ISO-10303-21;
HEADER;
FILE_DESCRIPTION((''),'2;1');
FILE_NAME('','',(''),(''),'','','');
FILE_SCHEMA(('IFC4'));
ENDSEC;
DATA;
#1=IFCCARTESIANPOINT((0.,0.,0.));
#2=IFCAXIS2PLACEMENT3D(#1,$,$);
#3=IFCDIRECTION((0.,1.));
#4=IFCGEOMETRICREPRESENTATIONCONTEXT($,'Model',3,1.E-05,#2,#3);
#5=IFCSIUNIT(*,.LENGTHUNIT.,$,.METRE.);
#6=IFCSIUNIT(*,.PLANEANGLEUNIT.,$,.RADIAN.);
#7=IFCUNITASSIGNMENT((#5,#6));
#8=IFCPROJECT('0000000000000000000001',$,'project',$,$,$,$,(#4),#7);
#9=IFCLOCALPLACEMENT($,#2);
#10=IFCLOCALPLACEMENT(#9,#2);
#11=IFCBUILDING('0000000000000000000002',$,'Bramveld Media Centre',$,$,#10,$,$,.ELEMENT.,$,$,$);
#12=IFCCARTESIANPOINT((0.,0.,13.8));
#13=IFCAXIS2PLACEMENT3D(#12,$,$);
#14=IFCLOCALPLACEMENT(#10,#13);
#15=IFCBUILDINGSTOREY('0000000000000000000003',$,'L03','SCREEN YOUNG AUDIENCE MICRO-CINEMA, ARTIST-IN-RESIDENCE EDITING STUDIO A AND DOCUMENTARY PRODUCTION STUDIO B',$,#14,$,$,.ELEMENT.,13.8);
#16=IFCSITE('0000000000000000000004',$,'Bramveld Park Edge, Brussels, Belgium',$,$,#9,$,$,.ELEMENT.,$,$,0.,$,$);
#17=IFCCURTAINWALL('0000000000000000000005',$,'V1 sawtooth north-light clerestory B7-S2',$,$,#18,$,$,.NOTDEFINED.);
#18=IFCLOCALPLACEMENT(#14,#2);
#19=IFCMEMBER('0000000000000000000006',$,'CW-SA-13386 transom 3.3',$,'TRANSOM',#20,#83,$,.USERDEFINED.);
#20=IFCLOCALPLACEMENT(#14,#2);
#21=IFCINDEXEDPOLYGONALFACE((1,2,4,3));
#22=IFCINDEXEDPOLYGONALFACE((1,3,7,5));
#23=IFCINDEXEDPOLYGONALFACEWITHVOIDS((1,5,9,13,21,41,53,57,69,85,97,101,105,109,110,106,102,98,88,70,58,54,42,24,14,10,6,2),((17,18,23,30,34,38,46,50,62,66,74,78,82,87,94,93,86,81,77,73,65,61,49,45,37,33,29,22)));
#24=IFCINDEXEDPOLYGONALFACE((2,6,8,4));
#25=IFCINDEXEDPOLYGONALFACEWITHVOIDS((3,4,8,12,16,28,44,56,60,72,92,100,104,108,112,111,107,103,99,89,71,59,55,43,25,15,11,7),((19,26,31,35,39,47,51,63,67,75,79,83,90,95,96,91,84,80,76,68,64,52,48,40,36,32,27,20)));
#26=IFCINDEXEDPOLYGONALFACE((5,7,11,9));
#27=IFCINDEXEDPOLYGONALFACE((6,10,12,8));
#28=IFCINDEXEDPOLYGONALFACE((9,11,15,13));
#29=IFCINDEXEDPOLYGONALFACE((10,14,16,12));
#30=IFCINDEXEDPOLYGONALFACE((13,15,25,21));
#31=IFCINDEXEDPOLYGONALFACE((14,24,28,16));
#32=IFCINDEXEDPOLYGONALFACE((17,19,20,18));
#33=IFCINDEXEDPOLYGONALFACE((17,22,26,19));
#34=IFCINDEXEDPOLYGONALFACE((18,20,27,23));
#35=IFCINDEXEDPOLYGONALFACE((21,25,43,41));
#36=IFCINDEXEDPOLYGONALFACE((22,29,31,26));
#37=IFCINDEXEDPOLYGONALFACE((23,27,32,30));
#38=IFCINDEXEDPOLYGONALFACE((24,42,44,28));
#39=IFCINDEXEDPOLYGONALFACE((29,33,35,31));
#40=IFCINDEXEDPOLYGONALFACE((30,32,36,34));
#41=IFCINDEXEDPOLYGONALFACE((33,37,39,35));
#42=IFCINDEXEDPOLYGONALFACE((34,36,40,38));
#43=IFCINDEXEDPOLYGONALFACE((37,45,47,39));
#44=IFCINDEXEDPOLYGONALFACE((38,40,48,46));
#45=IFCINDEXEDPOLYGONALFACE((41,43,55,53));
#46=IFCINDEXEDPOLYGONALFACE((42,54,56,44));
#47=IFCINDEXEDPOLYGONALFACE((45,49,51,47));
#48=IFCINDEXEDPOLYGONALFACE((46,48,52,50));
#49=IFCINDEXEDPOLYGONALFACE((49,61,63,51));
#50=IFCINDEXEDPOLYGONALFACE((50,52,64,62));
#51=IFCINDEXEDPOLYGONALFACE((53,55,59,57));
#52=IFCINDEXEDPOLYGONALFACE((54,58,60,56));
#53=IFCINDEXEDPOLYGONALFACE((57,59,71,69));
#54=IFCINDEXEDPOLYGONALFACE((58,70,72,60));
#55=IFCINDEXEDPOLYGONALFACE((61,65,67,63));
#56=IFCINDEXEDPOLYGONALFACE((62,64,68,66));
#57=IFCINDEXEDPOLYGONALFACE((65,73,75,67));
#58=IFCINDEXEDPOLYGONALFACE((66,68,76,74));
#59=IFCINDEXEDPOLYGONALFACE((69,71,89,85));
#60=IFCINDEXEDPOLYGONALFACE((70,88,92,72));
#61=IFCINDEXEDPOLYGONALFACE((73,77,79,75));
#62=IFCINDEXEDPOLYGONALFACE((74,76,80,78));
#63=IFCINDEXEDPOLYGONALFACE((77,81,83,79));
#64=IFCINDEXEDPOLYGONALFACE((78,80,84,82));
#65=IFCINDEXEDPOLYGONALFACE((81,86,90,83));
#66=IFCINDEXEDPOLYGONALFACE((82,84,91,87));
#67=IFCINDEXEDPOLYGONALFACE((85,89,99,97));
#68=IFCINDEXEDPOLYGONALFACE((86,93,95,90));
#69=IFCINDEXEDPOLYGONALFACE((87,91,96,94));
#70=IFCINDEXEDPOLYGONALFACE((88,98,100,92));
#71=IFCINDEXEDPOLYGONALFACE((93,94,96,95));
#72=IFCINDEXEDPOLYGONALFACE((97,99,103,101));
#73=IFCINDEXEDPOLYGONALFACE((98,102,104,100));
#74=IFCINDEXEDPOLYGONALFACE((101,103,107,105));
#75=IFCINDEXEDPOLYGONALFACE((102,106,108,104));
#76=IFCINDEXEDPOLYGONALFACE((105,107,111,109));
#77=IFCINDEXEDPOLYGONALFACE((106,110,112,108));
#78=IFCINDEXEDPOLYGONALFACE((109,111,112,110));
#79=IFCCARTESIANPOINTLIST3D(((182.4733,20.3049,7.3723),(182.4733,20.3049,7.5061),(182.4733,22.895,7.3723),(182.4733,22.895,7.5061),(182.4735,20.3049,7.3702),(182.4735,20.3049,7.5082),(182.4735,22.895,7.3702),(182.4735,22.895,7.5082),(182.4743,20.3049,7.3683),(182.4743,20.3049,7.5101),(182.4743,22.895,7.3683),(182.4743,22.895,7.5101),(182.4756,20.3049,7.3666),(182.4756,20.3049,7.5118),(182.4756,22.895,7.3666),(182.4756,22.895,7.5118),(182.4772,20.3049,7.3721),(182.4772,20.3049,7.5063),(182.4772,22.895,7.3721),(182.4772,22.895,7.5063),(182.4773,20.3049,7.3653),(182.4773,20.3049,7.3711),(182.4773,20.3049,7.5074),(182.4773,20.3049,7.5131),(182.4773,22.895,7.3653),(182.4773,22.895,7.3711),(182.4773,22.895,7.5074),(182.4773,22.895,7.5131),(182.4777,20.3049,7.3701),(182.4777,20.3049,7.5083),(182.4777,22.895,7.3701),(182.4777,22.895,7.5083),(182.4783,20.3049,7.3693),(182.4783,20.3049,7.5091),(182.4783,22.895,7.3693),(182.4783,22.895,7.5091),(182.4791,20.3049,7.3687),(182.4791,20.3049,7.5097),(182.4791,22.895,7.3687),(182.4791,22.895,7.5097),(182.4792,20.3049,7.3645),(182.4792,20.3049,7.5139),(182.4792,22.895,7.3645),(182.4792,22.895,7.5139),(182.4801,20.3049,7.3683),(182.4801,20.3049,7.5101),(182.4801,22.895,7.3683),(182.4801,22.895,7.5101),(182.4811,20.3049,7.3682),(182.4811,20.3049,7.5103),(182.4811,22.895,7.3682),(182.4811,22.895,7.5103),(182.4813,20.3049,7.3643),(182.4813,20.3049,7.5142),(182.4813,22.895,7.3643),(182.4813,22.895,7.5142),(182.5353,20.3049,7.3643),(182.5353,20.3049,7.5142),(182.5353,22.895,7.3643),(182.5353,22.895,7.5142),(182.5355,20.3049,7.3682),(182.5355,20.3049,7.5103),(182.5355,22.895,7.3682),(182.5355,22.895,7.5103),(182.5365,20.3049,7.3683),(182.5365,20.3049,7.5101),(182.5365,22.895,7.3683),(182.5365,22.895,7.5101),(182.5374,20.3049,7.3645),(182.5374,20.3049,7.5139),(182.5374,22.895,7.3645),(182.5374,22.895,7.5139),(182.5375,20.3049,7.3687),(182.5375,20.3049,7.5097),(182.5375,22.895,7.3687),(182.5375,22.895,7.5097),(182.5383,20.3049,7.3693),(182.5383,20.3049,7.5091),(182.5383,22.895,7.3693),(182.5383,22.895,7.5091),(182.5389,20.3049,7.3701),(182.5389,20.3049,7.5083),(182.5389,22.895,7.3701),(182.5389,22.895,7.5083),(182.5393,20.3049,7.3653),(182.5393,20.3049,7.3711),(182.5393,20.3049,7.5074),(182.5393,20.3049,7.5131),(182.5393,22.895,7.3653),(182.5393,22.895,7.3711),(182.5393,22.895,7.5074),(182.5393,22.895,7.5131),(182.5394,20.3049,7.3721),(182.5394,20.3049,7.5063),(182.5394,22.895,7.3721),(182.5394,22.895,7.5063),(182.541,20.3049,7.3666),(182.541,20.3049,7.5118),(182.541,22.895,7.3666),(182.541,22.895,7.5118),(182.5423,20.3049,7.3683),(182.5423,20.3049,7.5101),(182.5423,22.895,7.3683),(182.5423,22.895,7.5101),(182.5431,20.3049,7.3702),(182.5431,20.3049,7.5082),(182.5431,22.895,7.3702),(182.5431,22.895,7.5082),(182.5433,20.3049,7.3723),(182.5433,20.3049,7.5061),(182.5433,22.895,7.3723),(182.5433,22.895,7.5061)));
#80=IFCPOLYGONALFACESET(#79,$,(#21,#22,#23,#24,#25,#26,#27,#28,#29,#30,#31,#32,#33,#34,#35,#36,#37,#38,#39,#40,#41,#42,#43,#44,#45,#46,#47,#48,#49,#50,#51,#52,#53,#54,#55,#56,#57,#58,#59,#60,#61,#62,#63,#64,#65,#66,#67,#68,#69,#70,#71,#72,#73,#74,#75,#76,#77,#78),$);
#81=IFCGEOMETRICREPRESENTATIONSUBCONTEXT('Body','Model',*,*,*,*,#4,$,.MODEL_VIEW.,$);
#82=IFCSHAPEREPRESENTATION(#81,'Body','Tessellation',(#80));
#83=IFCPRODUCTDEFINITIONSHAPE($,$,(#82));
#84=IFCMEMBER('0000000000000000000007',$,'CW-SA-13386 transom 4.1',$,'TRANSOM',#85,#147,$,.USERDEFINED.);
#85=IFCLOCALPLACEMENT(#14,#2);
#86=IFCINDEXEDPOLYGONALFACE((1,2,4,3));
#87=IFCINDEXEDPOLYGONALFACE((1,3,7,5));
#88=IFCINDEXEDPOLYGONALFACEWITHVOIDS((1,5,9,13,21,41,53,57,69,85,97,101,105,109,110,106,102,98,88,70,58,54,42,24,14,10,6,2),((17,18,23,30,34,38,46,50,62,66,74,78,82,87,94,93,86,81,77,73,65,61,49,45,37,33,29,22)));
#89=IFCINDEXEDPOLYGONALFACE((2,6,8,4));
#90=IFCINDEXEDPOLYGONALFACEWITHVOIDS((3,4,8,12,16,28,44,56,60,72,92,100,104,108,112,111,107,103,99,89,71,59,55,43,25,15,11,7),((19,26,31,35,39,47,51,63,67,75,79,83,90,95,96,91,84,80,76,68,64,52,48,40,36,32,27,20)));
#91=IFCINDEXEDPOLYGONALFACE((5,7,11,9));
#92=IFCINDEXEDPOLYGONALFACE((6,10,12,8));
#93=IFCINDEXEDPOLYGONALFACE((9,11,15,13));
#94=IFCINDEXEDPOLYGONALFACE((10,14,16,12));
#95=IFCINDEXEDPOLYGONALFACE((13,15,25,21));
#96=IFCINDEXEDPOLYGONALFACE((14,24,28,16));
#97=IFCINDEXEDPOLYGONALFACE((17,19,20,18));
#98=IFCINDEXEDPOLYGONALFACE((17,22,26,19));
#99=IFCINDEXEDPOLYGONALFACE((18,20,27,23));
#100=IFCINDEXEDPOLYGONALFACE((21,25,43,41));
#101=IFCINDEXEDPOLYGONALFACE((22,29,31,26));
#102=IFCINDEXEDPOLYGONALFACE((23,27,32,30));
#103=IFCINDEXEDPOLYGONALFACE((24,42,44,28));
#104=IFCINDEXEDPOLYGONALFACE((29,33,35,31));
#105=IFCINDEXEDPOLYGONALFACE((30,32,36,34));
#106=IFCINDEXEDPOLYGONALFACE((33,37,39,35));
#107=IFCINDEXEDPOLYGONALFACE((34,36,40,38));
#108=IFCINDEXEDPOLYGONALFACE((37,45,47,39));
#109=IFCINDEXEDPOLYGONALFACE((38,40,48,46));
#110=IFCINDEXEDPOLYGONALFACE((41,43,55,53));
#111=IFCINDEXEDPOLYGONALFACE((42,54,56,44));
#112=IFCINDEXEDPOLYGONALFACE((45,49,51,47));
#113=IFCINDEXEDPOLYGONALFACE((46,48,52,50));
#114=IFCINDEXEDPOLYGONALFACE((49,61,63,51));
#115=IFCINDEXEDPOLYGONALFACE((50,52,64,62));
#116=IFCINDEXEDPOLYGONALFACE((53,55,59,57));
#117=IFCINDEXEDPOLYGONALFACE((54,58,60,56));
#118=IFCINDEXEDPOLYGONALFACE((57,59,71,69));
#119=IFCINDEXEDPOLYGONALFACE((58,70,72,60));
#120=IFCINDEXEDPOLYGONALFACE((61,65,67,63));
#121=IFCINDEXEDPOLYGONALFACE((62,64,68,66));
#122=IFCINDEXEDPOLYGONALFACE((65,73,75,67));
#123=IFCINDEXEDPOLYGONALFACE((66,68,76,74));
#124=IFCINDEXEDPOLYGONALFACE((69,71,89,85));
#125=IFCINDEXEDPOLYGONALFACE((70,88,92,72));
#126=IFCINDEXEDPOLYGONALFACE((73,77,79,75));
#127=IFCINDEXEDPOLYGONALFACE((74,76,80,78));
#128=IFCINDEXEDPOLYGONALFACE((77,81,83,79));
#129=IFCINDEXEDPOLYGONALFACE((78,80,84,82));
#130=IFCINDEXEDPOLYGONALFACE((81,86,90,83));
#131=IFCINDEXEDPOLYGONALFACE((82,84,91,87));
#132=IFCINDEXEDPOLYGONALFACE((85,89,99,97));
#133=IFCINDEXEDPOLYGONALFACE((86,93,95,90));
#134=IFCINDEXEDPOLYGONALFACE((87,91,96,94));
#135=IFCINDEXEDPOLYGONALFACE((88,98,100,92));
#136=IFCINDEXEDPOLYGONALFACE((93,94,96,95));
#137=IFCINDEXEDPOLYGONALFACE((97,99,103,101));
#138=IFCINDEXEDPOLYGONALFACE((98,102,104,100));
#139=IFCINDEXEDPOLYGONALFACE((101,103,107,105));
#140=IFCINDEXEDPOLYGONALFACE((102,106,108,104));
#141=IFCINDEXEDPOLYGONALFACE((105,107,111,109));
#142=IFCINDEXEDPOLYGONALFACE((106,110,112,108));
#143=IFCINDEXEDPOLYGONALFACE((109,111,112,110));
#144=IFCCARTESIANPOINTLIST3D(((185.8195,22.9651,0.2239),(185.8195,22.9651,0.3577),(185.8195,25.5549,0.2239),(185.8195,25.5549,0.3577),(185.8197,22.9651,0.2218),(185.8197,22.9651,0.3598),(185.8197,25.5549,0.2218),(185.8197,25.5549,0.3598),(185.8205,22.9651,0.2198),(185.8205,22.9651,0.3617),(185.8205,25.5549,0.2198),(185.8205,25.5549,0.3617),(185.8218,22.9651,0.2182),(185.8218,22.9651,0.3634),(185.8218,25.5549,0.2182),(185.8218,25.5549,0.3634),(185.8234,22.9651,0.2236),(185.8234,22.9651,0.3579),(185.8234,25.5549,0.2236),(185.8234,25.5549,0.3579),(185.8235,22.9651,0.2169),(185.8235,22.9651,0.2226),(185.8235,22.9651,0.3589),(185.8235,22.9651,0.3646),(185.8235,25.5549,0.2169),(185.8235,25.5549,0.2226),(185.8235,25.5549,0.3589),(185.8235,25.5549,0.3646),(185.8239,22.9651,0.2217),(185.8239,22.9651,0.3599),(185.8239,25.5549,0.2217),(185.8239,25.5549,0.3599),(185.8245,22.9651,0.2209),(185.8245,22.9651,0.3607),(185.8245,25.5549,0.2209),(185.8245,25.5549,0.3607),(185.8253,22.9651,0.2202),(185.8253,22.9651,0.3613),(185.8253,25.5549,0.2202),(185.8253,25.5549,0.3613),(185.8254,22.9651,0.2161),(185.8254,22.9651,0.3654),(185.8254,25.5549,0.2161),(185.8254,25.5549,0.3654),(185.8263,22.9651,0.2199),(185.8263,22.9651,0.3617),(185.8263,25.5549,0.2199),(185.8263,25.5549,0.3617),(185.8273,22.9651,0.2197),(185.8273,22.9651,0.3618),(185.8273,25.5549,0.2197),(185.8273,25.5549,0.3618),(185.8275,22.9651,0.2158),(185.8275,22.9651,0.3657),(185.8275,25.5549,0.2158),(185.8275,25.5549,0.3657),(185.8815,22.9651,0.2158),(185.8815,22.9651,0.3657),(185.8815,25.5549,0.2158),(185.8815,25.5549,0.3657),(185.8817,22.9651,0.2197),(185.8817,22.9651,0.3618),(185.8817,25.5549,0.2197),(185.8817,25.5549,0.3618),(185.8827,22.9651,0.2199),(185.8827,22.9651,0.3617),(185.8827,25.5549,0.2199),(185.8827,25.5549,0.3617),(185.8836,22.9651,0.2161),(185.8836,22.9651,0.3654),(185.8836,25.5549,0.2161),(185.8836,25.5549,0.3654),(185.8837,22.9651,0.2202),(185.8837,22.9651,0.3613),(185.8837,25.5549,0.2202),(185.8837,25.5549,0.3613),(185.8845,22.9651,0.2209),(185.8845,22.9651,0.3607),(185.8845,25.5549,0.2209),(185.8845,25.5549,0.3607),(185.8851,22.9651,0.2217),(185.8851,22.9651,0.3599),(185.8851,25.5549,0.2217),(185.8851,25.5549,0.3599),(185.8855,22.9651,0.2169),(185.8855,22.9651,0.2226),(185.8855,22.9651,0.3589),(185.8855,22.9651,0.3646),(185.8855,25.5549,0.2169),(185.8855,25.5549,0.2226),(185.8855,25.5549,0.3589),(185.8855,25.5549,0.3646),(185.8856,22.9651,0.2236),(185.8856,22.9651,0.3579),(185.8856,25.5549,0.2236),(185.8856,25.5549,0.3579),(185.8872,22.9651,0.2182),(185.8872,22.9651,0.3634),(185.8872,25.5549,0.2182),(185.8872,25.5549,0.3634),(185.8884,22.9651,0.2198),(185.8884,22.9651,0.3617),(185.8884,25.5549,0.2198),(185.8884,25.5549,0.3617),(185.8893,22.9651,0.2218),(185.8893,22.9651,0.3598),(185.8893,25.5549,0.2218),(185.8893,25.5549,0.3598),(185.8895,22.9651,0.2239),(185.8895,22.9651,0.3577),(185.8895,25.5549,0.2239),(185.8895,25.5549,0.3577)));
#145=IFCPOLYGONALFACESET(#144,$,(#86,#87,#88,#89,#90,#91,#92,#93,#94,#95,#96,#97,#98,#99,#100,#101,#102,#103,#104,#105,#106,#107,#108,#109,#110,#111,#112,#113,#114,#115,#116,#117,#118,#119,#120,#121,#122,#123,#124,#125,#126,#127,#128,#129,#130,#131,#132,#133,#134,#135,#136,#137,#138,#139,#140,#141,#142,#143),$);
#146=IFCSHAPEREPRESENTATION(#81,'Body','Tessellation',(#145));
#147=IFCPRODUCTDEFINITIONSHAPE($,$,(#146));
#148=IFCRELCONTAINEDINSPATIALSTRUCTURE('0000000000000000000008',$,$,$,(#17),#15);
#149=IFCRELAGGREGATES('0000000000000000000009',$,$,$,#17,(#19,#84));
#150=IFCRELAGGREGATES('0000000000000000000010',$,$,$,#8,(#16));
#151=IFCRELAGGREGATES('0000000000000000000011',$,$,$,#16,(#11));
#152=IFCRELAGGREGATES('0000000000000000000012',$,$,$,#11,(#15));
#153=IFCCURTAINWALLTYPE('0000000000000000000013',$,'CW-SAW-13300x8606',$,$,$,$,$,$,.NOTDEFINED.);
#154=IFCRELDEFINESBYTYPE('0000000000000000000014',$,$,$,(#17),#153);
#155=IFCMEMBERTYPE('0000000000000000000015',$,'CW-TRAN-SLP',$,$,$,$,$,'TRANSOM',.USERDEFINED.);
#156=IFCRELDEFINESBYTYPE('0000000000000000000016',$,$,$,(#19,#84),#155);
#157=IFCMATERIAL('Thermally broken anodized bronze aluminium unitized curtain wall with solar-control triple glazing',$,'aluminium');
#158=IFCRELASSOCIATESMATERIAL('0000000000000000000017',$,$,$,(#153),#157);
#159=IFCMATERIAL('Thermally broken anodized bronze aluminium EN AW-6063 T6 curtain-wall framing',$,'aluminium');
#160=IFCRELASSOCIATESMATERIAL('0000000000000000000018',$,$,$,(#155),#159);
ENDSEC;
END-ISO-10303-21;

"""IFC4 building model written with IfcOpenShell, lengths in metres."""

from ifc_helpers import new_model, si_unit, direction, frame, origin, origin_2d, place, context, subcontext, project, spatial, hollow_rectangle, extrude, material, material_profile, profile_set, type_object, element, aggregate, save


model = new_model("IFC4")

# Units and contexts
model_context = context("Model", 3, precision=1e-05, world=origin(), true_north=direction((0.0, 1.0)))
body_context = subcontext(model_context, "Body", "Model", "MODEL_VIEW")
ifc_project = project(units=[si_unit("LENGTHUNIT", "METRE"), si_unit("PLANEANGLEUNIT", "RADIAN")], contexts=[model_context])

# Site, building, storey
site_placement = place(None, origin())
site = spatial("IfcSite", under=ifc_project, at=site_placement, Name="Bramveld Park Edge, Brussels, Belgium", CompositionType="ELEMENT", RefElevation=0.0)
building_placement = place(site_placement, origin())
building = spatial("IfcBuilding", under=site, at=building_placement, Name="Bramveld Media Centre", CompositionType="ELEMENT")
storey_placement = place(building_placement, frame((0.0, 0.0, 13.8)))
storey = spatial("IfcBuildingStorey", under=building, at=storey_placement, Name="L03", Description="SCREEN YOUNG AUDIENCE MICRO-CINEMA, ARTIST-IN-RESIDENCE EDITING STUDIO A AND DOCUMENTARY PRODUCTION STUDIO B", CompositionType="ELEMENT", Elevation=13.8)

# Curtain wall, members
ifc_material_1 = material(Name="Thermally broken anodized bronze aluminium unitized curtain wall with solar-control triple glazing", Category="aluminium")
curtain_wall_type = type_object("IfcCurtainWallType", Name="CW-SAW-13300x8606", PredefinedType="NOTDEFINED", material=ifc_material_1)
curtain_wall_placement = place(storey_placement, origin())
curtain_wall = element("IfcCurtainWall", 1, at=curtain_wall_placement, inside=storey, type_object=curtain_wall_type, Name="V1 sawtooth north-light clerestory B7-S2", PredefinedType="NOTDEFINED")
ifc_material_2 = material(Name="Thermally broken anodized bronze aluminium EN AW-6063 T6 curtain-wall framing", Category="aluminium")
ifc_material_profile_1 = material_profile(ifc_material_2, hollow_rectangle(XDim=0.0701, YDim=0.1499, WallThickness=0.0039, InnerFilletRadius=0.0039, OuterFilletRadius=0.0081, at=origin_2d()), Name="AL-TRAN 70x150")
ifc_profile_set_1 = profile_set([ifc_material_profile_1], Name="Thermally broken anodized bronze aluminium EN AW-6063 T6 curtain-wall framing")
member_type_1 = type_object("IfcMemberType", Name="CW-TRAN-SLP", ElementType="TRANSOM", PredefinedType="USERDEFINED", material=ifc_profile_set_1)
member_1_placement = place(storey_placement, frame((182.5083, 20.3049, 7.4392), z_axis=(0.0, 1.0, 0.0), x_axis=(-1.0, 0.0, 0.0)))
member_1 = element("IfcMember", 2, at=member_1_placement, type_object=member_type_1, Name="CW-SA-13386 transom 3.3", ObjectType="TRANSOM", PredefinedType="USERDEFINED", context=body_context, shape_type="SweptSolid", body=[
    extrude(hollow_rectangle(XDim=0.0701, YDim=0.1499, WallThickness=0.0039, InnerFilletRadius=0.0039, OuterFilletRadius=0.0081, at=origin_2d()), origin(), (0.0, 0.0, 1.0), 2.5901),
])
member_2_placement = place(storey_placement, frame((185.8545, 22.9651, 0.2908), z_axis=(0.0, 1.0, 0.0), x_axis=(-1.0, 0.0, 0.0)))
member_2 = element("IfcMember", 3, at=member_2_placement, type_object=member_type_1, Name="CW-SA-13386 transom 4.1", ObjectType="TRANSOM", PredefinedType="USERDEFINED", context=body_context, shape_type="SweptSolid", body=[
    extrude(hollow_rectangle(XDim=0.0701, YDim=0.1499, WallThickness=0.0039, InnerFilletRadius=0.0039, OuterFilletRadius=0.0081, at=origin_2d()), origin(), (0.0, 0.0, 1.0), 2.5898),
])

aggregate(curtain_wall, [member_1, member_2])

save(model, "model.ifc")
